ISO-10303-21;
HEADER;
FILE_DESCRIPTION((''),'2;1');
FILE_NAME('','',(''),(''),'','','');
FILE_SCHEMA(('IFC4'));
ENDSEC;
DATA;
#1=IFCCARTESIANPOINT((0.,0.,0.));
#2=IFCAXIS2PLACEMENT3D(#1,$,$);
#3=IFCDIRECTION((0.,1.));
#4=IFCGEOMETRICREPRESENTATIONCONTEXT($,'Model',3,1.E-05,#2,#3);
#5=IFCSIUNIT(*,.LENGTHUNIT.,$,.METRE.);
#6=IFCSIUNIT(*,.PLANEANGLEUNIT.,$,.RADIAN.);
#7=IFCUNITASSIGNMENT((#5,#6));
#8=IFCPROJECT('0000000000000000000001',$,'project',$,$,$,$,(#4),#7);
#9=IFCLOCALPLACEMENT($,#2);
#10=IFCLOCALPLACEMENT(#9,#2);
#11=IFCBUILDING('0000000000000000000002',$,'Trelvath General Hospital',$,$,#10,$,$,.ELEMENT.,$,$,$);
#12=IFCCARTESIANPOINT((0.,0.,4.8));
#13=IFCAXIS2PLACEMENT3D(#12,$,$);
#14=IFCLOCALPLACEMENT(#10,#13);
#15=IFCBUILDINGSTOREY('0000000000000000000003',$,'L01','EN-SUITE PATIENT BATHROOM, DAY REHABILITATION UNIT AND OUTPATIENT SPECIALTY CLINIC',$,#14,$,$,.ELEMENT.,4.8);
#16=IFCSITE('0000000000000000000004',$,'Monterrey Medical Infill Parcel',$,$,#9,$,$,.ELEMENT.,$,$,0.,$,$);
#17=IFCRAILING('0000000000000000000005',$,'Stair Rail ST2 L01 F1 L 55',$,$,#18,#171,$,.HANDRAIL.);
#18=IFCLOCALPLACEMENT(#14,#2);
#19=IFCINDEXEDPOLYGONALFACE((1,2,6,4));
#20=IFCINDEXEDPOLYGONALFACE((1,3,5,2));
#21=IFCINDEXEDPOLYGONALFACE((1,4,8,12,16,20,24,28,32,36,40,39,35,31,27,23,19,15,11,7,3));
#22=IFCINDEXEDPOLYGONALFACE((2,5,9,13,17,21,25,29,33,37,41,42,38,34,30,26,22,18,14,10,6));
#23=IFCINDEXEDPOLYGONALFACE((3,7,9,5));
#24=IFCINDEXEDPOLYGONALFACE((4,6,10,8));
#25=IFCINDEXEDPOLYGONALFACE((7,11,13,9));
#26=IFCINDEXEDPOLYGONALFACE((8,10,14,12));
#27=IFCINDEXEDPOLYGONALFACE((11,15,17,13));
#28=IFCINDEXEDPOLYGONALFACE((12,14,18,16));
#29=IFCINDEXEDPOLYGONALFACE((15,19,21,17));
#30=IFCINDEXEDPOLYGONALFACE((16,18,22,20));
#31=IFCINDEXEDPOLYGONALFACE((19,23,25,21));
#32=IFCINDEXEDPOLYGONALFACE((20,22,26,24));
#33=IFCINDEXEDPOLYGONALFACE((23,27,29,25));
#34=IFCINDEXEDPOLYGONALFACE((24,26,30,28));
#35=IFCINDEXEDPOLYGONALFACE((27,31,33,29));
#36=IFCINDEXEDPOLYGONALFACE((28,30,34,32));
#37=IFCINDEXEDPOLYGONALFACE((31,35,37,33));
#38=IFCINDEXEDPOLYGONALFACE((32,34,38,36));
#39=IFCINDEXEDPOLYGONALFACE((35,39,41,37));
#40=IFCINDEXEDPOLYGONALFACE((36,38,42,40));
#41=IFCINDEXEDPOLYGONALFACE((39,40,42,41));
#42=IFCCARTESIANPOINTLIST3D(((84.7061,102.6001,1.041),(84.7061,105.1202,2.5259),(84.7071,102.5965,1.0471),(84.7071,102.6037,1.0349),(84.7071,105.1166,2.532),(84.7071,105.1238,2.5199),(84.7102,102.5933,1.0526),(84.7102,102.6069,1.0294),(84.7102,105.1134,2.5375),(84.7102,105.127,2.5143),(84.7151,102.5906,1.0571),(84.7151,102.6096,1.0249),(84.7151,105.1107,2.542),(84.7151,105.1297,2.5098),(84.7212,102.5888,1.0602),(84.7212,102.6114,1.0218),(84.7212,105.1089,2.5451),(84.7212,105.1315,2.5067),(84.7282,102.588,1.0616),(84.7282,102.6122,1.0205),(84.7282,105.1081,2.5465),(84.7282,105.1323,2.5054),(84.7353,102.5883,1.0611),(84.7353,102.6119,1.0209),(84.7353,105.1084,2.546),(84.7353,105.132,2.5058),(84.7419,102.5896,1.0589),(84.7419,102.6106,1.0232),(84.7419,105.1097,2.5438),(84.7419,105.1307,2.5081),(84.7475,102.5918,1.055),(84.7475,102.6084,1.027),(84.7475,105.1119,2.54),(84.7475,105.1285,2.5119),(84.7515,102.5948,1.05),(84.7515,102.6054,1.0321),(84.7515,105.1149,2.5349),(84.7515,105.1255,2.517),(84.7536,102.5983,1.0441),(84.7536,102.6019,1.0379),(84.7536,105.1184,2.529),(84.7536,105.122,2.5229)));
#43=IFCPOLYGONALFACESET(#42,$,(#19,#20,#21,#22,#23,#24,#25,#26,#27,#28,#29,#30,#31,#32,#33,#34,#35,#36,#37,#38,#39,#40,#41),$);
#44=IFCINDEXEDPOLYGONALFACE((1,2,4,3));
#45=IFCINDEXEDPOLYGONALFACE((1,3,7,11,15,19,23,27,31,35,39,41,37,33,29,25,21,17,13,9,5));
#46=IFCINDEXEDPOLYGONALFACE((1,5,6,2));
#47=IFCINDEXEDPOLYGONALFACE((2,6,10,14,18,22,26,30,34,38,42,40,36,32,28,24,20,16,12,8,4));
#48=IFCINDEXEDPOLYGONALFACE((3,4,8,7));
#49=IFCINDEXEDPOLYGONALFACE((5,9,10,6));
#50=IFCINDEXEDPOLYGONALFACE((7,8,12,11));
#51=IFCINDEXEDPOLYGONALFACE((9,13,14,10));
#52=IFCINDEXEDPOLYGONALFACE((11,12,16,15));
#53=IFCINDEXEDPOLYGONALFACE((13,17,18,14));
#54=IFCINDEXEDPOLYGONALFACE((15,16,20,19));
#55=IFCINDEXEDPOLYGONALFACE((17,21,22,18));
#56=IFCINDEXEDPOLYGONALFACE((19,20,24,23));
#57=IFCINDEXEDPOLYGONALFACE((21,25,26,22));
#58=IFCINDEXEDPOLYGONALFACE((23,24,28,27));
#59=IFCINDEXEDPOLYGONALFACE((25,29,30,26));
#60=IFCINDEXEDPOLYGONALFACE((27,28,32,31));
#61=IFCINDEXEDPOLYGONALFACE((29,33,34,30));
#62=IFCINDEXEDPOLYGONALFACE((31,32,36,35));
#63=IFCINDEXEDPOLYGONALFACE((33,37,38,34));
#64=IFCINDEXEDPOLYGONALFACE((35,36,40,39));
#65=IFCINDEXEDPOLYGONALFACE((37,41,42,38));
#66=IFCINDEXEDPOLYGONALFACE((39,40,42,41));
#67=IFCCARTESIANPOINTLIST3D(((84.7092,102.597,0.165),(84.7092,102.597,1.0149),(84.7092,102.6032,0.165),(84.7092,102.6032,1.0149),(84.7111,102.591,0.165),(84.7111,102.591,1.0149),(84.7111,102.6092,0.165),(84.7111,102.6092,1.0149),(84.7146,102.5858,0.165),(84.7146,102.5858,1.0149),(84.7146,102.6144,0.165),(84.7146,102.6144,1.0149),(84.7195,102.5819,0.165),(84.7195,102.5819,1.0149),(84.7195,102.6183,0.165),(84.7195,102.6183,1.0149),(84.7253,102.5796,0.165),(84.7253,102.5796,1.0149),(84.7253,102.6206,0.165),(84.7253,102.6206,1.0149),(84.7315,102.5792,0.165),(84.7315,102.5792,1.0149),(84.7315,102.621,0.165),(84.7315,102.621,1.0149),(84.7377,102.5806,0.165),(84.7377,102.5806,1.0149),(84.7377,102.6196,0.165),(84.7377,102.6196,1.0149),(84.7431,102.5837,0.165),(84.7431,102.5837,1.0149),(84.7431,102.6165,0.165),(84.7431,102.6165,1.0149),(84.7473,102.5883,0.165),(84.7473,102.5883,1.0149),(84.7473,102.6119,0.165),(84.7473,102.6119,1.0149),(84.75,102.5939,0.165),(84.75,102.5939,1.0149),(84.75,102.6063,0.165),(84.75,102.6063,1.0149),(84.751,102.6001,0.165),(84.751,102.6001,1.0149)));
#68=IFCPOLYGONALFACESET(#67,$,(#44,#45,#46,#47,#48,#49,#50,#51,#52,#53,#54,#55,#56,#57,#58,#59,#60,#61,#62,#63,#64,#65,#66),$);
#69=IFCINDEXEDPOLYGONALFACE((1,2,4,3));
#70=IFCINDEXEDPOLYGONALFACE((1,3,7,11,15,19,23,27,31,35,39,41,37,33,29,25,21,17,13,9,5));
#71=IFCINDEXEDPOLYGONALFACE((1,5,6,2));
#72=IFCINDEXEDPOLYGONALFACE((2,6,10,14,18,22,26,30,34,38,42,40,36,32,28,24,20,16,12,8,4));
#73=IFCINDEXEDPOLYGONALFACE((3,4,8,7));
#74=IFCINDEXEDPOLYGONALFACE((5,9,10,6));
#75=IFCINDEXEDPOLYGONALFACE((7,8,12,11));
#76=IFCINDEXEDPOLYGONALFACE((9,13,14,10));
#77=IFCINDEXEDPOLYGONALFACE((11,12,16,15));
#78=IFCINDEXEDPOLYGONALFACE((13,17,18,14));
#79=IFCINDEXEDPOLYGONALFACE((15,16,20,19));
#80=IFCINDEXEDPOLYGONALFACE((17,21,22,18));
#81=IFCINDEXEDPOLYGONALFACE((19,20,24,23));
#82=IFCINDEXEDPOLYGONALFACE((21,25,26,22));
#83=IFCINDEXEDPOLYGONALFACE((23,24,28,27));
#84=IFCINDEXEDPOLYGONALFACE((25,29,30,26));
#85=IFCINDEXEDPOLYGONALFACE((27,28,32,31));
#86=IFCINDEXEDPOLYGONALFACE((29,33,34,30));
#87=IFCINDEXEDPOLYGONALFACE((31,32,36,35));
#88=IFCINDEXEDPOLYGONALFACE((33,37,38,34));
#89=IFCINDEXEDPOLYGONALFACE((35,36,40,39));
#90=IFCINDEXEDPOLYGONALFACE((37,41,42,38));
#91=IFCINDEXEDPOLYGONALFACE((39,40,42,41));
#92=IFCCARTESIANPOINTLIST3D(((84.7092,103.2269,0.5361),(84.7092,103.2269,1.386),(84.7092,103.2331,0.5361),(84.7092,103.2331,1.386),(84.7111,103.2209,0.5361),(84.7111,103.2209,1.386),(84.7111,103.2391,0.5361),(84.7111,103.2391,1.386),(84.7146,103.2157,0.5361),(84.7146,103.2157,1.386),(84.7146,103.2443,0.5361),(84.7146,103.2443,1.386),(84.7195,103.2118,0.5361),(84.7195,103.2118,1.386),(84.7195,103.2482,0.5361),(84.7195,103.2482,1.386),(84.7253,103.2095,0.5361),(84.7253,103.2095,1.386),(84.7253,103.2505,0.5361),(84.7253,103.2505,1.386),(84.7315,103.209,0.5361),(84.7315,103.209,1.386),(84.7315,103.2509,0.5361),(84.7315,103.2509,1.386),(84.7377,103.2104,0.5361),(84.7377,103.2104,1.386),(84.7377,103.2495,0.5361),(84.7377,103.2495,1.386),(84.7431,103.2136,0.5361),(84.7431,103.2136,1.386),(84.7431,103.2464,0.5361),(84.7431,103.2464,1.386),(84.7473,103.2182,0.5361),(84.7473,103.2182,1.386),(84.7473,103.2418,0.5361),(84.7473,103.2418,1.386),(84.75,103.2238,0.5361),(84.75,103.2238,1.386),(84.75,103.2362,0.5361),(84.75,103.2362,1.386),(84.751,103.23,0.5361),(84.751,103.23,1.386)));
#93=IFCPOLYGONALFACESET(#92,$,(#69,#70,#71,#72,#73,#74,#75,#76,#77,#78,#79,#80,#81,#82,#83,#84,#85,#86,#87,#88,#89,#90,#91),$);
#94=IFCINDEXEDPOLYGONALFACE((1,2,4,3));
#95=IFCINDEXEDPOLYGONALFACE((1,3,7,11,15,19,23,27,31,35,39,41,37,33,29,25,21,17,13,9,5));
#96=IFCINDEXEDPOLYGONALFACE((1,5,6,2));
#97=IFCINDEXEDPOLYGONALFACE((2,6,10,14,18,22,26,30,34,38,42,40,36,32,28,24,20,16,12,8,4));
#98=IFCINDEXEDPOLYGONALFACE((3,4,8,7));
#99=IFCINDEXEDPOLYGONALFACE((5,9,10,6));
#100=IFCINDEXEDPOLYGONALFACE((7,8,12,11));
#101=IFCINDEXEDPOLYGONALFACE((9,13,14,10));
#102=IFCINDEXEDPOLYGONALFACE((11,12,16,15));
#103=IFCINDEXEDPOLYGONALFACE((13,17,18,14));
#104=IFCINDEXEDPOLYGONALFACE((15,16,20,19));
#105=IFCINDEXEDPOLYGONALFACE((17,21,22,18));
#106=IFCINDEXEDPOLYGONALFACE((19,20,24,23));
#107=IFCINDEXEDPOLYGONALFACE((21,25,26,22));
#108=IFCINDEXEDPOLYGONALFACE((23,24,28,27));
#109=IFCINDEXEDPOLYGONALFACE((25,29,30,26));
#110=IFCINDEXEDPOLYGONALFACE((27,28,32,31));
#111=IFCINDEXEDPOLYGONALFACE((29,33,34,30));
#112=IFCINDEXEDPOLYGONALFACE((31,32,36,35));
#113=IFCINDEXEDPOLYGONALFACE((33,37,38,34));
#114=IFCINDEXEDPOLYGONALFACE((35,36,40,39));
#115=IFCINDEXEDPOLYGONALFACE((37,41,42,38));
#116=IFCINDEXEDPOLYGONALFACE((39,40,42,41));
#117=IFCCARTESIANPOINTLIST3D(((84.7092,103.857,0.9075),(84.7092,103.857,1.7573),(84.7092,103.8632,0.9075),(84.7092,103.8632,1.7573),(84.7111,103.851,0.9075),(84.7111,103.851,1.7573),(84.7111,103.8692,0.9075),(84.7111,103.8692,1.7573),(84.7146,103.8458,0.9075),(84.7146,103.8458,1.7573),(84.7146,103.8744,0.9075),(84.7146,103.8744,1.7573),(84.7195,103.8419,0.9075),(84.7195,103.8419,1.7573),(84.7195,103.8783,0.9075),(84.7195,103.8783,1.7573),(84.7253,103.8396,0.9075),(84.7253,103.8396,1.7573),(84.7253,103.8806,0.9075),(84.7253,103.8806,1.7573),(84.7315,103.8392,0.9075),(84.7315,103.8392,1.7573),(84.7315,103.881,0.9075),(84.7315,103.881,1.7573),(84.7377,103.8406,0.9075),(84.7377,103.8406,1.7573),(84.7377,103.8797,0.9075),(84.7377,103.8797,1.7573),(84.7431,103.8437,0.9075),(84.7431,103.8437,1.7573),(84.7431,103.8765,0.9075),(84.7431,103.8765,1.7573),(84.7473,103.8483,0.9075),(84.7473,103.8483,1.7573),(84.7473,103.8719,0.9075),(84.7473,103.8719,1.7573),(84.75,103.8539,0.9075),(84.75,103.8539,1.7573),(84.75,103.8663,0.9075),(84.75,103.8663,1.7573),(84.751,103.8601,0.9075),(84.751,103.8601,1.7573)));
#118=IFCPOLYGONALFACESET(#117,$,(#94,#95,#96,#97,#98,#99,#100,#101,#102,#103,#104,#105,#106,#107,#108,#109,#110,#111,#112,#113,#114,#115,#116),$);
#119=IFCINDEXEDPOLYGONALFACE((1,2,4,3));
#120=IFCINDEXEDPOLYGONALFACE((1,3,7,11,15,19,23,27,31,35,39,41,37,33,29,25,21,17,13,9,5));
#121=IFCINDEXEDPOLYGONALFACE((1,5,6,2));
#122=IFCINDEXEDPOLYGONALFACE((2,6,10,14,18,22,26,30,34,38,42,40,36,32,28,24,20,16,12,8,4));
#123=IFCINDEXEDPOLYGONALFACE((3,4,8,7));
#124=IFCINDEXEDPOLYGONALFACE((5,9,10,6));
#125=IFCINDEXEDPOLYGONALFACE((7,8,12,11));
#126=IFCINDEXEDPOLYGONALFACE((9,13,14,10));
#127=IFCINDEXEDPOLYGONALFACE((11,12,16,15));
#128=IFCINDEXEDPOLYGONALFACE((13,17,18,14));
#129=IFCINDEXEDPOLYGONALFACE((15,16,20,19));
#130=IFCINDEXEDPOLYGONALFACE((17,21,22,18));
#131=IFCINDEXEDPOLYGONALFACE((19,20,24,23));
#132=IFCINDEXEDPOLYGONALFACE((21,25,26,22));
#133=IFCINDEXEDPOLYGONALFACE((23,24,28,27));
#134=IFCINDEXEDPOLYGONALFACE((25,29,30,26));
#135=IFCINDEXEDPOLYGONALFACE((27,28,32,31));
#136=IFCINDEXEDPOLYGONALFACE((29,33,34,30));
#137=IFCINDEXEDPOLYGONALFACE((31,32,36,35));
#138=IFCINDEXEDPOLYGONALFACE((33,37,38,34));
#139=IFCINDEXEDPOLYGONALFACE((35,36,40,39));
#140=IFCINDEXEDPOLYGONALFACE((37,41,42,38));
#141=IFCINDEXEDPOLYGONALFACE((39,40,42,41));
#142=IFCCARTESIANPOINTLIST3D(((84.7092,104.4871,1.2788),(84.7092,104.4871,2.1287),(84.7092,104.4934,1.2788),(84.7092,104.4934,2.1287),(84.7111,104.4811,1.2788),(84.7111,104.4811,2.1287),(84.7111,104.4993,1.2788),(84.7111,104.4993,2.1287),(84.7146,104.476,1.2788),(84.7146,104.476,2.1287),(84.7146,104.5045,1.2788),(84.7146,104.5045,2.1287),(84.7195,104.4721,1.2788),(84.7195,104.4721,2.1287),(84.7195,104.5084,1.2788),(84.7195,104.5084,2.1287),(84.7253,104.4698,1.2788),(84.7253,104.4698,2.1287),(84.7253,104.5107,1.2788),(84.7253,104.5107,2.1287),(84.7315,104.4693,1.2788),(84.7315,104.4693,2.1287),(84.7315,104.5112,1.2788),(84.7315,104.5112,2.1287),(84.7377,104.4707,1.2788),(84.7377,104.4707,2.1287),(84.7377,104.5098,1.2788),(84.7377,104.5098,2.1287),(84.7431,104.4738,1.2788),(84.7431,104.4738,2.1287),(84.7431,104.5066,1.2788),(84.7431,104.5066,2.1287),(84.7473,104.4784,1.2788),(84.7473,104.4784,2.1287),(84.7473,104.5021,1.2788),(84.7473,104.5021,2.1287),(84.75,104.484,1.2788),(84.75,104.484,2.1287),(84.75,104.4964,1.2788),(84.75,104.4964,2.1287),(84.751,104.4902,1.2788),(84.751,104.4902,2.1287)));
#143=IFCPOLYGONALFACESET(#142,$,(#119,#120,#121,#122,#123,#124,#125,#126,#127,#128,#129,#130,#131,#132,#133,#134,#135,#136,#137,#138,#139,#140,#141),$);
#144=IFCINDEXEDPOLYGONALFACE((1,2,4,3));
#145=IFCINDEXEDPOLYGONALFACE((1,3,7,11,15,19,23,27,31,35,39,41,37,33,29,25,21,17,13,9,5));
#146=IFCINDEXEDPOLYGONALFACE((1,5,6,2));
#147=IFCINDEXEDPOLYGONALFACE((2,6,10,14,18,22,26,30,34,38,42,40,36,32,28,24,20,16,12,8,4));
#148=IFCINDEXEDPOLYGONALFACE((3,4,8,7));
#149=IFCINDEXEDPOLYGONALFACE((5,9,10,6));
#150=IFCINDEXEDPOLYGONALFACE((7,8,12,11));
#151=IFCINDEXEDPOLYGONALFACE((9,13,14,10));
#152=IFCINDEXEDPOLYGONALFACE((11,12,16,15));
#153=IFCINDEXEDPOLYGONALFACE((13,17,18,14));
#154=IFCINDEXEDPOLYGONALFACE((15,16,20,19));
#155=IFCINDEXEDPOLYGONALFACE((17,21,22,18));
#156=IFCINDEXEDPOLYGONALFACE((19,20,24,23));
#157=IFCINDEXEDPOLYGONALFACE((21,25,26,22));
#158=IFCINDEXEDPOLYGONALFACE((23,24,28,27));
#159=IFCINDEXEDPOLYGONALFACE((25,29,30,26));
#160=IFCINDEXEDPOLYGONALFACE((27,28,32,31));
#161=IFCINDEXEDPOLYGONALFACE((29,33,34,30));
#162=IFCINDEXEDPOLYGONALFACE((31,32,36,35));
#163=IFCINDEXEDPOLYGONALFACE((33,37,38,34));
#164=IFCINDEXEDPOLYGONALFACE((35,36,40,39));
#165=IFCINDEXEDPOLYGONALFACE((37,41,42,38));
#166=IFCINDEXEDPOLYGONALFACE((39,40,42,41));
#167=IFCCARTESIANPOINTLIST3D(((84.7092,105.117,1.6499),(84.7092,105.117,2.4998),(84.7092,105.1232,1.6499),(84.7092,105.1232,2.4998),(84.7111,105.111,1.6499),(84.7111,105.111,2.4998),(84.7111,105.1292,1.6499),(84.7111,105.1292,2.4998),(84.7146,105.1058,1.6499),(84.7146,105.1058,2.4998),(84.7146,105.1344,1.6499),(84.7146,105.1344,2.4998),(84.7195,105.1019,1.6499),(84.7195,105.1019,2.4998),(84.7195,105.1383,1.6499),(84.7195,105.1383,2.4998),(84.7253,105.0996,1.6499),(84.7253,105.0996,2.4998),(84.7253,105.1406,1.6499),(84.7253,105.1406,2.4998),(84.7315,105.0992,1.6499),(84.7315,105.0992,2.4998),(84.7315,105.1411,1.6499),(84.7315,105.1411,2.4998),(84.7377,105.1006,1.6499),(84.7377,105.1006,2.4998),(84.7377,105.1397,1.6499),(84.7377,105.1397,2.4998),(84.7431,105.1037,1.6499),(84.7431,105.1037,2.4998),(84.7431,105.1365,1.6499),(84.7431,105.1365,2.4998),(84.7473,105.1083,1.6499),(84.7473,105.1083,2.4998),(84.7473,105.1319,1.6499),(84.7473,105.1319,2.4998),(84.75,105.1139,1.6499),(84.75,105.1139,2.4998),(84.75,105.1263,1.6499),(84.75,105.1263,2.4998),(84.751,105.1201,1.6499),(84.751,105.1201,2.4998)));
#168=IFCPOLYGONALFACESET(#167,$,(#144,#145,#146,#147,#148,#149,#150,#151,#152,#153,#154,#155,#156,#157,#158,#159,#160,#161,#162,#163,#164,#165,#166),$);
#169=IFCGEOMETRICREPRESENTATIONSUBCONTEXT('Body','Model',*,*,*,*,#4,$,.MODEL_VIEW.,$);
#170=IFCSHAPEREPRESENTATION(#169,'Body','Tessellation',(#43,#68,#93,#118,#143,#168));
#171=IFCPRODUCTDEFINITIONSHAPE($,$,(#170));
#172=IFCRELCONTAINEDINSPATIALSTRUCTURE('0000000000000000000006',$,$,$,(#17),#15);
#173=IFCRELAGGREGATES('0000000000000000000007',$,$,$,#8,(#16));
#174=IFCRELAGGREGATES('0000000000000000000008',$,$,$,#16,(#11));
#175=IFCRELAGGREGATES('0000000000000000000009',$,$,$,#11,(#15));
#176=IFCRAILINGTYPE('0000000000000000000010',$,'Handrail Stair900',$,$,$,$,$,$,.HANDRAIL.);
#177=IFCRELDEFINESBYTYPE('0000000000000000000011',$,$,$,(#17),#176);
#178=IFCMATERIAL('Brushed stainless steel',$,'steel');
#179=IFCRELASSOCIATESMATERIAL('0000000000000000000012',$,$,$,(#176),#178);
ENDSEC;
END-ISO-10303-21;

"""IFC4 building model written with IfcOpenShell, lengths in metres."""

from ifc_helpers import new_model, si_unit, direction, frame, origin, origin_2d, place, context, subcontext, project, spatial, circle, extrude, material, type_object, element, save


model = new_model("IFC4")

# Units and contexts
model_context = context("Model", 3, precision=1e-05, world=origin(), true_north=direction((0.0, 1.0)))
body_context = subcontext(model_context, "Body", "Model", "MODEL_VIEW")
ifc_project = project(units=[si_unit("LENGTHUNIT", "METRE"), si_unit("PLANEANGLEUNIT", "RADIAN")], contexts=[model_context])

# Site, building, storey
site_placement = place(None, origin())
site = spatial("IfcSite", under=ifc_project, at=site_placement, Name="Monterrey Medical Infill Parcel", CompositionType="ELEMENT", RefElevation=0.0)
building_placement = place(site_placement, origin())
building = spatial("IfcBuilding", under=site, at=building_placement, Name="Trelvath General Hospital", CompositionType="ELEMENT")
storey_placement = place(building_placement, frame((0.0, 0.0, 4.8)))
storey = spatial("IfcBuildingStorey", under=building, at=storey_placement, Name="L01", Description="EN-SUITE PATIENT BATHROOM, DAY REHABILITATION UNIT AND OUTPATIENT SPECIALTY CLINIC", CompositionType="ELEMENT", Elevation=4.8)

# Railing
ifc_material_1 = material(Name="Brushed stainless steel", Category="steel")
railing_type_1 = type_object("IfcRailingType", Name="Handrail Stair900", PredefinedType="HANDRAIL", material=ifc_material_1)
railing_1_placement = place(storey_placement, frame((84.73, 102.6001, 0.165)))
element("IfcRailing", 1, at=railing_1_placement, inside=storey, type_object=railing_type_1, Name="Stair Rail ST2 L01 F1 L 55", PredefinedType="HANDRAIL", context=body_context, shape_type="SweptSolid", body=[
    extrude(circle(Radius=0.0239, at=origin_2d()), frame((0.0, 0.0, 0.876), z_axis=(0.0, 0.861561, 0.507655), x_axis=(-1.0, 0.0, 0.0)), (0.0, 0.0, 1.0), 2.925),
    extrude(circle(Radius=0.021, at=origin_2d()), origin(), (0.0, 0.0, 1.0), 0.8499),
    extrude(circle(Radius=0.021, at=origin_2d()), frame((0.0, 0.6299, 0.3711)), (0.0, 0.0, 1.0), 0.8499),
    extrude(circle(Radius=0.021, at=origin_2d()), frame((0.0, 1.26, 0.7424)), (0.0, 0.0, 1.0), 0.8499),
    extrude(circle(Radius=0.021, at=origin_2d()), frame((0.0, 1.8901, 1.1138)), (0.0, 0.0, 1.0), 0.8499),
    extrude(circle(Radius=0.021, at=origin_2d()), frame((0.0, 2.52, 1.4849)), (0.0, 0.0, 1.0), 0.8499),
])

save(model, "model.ifc")
